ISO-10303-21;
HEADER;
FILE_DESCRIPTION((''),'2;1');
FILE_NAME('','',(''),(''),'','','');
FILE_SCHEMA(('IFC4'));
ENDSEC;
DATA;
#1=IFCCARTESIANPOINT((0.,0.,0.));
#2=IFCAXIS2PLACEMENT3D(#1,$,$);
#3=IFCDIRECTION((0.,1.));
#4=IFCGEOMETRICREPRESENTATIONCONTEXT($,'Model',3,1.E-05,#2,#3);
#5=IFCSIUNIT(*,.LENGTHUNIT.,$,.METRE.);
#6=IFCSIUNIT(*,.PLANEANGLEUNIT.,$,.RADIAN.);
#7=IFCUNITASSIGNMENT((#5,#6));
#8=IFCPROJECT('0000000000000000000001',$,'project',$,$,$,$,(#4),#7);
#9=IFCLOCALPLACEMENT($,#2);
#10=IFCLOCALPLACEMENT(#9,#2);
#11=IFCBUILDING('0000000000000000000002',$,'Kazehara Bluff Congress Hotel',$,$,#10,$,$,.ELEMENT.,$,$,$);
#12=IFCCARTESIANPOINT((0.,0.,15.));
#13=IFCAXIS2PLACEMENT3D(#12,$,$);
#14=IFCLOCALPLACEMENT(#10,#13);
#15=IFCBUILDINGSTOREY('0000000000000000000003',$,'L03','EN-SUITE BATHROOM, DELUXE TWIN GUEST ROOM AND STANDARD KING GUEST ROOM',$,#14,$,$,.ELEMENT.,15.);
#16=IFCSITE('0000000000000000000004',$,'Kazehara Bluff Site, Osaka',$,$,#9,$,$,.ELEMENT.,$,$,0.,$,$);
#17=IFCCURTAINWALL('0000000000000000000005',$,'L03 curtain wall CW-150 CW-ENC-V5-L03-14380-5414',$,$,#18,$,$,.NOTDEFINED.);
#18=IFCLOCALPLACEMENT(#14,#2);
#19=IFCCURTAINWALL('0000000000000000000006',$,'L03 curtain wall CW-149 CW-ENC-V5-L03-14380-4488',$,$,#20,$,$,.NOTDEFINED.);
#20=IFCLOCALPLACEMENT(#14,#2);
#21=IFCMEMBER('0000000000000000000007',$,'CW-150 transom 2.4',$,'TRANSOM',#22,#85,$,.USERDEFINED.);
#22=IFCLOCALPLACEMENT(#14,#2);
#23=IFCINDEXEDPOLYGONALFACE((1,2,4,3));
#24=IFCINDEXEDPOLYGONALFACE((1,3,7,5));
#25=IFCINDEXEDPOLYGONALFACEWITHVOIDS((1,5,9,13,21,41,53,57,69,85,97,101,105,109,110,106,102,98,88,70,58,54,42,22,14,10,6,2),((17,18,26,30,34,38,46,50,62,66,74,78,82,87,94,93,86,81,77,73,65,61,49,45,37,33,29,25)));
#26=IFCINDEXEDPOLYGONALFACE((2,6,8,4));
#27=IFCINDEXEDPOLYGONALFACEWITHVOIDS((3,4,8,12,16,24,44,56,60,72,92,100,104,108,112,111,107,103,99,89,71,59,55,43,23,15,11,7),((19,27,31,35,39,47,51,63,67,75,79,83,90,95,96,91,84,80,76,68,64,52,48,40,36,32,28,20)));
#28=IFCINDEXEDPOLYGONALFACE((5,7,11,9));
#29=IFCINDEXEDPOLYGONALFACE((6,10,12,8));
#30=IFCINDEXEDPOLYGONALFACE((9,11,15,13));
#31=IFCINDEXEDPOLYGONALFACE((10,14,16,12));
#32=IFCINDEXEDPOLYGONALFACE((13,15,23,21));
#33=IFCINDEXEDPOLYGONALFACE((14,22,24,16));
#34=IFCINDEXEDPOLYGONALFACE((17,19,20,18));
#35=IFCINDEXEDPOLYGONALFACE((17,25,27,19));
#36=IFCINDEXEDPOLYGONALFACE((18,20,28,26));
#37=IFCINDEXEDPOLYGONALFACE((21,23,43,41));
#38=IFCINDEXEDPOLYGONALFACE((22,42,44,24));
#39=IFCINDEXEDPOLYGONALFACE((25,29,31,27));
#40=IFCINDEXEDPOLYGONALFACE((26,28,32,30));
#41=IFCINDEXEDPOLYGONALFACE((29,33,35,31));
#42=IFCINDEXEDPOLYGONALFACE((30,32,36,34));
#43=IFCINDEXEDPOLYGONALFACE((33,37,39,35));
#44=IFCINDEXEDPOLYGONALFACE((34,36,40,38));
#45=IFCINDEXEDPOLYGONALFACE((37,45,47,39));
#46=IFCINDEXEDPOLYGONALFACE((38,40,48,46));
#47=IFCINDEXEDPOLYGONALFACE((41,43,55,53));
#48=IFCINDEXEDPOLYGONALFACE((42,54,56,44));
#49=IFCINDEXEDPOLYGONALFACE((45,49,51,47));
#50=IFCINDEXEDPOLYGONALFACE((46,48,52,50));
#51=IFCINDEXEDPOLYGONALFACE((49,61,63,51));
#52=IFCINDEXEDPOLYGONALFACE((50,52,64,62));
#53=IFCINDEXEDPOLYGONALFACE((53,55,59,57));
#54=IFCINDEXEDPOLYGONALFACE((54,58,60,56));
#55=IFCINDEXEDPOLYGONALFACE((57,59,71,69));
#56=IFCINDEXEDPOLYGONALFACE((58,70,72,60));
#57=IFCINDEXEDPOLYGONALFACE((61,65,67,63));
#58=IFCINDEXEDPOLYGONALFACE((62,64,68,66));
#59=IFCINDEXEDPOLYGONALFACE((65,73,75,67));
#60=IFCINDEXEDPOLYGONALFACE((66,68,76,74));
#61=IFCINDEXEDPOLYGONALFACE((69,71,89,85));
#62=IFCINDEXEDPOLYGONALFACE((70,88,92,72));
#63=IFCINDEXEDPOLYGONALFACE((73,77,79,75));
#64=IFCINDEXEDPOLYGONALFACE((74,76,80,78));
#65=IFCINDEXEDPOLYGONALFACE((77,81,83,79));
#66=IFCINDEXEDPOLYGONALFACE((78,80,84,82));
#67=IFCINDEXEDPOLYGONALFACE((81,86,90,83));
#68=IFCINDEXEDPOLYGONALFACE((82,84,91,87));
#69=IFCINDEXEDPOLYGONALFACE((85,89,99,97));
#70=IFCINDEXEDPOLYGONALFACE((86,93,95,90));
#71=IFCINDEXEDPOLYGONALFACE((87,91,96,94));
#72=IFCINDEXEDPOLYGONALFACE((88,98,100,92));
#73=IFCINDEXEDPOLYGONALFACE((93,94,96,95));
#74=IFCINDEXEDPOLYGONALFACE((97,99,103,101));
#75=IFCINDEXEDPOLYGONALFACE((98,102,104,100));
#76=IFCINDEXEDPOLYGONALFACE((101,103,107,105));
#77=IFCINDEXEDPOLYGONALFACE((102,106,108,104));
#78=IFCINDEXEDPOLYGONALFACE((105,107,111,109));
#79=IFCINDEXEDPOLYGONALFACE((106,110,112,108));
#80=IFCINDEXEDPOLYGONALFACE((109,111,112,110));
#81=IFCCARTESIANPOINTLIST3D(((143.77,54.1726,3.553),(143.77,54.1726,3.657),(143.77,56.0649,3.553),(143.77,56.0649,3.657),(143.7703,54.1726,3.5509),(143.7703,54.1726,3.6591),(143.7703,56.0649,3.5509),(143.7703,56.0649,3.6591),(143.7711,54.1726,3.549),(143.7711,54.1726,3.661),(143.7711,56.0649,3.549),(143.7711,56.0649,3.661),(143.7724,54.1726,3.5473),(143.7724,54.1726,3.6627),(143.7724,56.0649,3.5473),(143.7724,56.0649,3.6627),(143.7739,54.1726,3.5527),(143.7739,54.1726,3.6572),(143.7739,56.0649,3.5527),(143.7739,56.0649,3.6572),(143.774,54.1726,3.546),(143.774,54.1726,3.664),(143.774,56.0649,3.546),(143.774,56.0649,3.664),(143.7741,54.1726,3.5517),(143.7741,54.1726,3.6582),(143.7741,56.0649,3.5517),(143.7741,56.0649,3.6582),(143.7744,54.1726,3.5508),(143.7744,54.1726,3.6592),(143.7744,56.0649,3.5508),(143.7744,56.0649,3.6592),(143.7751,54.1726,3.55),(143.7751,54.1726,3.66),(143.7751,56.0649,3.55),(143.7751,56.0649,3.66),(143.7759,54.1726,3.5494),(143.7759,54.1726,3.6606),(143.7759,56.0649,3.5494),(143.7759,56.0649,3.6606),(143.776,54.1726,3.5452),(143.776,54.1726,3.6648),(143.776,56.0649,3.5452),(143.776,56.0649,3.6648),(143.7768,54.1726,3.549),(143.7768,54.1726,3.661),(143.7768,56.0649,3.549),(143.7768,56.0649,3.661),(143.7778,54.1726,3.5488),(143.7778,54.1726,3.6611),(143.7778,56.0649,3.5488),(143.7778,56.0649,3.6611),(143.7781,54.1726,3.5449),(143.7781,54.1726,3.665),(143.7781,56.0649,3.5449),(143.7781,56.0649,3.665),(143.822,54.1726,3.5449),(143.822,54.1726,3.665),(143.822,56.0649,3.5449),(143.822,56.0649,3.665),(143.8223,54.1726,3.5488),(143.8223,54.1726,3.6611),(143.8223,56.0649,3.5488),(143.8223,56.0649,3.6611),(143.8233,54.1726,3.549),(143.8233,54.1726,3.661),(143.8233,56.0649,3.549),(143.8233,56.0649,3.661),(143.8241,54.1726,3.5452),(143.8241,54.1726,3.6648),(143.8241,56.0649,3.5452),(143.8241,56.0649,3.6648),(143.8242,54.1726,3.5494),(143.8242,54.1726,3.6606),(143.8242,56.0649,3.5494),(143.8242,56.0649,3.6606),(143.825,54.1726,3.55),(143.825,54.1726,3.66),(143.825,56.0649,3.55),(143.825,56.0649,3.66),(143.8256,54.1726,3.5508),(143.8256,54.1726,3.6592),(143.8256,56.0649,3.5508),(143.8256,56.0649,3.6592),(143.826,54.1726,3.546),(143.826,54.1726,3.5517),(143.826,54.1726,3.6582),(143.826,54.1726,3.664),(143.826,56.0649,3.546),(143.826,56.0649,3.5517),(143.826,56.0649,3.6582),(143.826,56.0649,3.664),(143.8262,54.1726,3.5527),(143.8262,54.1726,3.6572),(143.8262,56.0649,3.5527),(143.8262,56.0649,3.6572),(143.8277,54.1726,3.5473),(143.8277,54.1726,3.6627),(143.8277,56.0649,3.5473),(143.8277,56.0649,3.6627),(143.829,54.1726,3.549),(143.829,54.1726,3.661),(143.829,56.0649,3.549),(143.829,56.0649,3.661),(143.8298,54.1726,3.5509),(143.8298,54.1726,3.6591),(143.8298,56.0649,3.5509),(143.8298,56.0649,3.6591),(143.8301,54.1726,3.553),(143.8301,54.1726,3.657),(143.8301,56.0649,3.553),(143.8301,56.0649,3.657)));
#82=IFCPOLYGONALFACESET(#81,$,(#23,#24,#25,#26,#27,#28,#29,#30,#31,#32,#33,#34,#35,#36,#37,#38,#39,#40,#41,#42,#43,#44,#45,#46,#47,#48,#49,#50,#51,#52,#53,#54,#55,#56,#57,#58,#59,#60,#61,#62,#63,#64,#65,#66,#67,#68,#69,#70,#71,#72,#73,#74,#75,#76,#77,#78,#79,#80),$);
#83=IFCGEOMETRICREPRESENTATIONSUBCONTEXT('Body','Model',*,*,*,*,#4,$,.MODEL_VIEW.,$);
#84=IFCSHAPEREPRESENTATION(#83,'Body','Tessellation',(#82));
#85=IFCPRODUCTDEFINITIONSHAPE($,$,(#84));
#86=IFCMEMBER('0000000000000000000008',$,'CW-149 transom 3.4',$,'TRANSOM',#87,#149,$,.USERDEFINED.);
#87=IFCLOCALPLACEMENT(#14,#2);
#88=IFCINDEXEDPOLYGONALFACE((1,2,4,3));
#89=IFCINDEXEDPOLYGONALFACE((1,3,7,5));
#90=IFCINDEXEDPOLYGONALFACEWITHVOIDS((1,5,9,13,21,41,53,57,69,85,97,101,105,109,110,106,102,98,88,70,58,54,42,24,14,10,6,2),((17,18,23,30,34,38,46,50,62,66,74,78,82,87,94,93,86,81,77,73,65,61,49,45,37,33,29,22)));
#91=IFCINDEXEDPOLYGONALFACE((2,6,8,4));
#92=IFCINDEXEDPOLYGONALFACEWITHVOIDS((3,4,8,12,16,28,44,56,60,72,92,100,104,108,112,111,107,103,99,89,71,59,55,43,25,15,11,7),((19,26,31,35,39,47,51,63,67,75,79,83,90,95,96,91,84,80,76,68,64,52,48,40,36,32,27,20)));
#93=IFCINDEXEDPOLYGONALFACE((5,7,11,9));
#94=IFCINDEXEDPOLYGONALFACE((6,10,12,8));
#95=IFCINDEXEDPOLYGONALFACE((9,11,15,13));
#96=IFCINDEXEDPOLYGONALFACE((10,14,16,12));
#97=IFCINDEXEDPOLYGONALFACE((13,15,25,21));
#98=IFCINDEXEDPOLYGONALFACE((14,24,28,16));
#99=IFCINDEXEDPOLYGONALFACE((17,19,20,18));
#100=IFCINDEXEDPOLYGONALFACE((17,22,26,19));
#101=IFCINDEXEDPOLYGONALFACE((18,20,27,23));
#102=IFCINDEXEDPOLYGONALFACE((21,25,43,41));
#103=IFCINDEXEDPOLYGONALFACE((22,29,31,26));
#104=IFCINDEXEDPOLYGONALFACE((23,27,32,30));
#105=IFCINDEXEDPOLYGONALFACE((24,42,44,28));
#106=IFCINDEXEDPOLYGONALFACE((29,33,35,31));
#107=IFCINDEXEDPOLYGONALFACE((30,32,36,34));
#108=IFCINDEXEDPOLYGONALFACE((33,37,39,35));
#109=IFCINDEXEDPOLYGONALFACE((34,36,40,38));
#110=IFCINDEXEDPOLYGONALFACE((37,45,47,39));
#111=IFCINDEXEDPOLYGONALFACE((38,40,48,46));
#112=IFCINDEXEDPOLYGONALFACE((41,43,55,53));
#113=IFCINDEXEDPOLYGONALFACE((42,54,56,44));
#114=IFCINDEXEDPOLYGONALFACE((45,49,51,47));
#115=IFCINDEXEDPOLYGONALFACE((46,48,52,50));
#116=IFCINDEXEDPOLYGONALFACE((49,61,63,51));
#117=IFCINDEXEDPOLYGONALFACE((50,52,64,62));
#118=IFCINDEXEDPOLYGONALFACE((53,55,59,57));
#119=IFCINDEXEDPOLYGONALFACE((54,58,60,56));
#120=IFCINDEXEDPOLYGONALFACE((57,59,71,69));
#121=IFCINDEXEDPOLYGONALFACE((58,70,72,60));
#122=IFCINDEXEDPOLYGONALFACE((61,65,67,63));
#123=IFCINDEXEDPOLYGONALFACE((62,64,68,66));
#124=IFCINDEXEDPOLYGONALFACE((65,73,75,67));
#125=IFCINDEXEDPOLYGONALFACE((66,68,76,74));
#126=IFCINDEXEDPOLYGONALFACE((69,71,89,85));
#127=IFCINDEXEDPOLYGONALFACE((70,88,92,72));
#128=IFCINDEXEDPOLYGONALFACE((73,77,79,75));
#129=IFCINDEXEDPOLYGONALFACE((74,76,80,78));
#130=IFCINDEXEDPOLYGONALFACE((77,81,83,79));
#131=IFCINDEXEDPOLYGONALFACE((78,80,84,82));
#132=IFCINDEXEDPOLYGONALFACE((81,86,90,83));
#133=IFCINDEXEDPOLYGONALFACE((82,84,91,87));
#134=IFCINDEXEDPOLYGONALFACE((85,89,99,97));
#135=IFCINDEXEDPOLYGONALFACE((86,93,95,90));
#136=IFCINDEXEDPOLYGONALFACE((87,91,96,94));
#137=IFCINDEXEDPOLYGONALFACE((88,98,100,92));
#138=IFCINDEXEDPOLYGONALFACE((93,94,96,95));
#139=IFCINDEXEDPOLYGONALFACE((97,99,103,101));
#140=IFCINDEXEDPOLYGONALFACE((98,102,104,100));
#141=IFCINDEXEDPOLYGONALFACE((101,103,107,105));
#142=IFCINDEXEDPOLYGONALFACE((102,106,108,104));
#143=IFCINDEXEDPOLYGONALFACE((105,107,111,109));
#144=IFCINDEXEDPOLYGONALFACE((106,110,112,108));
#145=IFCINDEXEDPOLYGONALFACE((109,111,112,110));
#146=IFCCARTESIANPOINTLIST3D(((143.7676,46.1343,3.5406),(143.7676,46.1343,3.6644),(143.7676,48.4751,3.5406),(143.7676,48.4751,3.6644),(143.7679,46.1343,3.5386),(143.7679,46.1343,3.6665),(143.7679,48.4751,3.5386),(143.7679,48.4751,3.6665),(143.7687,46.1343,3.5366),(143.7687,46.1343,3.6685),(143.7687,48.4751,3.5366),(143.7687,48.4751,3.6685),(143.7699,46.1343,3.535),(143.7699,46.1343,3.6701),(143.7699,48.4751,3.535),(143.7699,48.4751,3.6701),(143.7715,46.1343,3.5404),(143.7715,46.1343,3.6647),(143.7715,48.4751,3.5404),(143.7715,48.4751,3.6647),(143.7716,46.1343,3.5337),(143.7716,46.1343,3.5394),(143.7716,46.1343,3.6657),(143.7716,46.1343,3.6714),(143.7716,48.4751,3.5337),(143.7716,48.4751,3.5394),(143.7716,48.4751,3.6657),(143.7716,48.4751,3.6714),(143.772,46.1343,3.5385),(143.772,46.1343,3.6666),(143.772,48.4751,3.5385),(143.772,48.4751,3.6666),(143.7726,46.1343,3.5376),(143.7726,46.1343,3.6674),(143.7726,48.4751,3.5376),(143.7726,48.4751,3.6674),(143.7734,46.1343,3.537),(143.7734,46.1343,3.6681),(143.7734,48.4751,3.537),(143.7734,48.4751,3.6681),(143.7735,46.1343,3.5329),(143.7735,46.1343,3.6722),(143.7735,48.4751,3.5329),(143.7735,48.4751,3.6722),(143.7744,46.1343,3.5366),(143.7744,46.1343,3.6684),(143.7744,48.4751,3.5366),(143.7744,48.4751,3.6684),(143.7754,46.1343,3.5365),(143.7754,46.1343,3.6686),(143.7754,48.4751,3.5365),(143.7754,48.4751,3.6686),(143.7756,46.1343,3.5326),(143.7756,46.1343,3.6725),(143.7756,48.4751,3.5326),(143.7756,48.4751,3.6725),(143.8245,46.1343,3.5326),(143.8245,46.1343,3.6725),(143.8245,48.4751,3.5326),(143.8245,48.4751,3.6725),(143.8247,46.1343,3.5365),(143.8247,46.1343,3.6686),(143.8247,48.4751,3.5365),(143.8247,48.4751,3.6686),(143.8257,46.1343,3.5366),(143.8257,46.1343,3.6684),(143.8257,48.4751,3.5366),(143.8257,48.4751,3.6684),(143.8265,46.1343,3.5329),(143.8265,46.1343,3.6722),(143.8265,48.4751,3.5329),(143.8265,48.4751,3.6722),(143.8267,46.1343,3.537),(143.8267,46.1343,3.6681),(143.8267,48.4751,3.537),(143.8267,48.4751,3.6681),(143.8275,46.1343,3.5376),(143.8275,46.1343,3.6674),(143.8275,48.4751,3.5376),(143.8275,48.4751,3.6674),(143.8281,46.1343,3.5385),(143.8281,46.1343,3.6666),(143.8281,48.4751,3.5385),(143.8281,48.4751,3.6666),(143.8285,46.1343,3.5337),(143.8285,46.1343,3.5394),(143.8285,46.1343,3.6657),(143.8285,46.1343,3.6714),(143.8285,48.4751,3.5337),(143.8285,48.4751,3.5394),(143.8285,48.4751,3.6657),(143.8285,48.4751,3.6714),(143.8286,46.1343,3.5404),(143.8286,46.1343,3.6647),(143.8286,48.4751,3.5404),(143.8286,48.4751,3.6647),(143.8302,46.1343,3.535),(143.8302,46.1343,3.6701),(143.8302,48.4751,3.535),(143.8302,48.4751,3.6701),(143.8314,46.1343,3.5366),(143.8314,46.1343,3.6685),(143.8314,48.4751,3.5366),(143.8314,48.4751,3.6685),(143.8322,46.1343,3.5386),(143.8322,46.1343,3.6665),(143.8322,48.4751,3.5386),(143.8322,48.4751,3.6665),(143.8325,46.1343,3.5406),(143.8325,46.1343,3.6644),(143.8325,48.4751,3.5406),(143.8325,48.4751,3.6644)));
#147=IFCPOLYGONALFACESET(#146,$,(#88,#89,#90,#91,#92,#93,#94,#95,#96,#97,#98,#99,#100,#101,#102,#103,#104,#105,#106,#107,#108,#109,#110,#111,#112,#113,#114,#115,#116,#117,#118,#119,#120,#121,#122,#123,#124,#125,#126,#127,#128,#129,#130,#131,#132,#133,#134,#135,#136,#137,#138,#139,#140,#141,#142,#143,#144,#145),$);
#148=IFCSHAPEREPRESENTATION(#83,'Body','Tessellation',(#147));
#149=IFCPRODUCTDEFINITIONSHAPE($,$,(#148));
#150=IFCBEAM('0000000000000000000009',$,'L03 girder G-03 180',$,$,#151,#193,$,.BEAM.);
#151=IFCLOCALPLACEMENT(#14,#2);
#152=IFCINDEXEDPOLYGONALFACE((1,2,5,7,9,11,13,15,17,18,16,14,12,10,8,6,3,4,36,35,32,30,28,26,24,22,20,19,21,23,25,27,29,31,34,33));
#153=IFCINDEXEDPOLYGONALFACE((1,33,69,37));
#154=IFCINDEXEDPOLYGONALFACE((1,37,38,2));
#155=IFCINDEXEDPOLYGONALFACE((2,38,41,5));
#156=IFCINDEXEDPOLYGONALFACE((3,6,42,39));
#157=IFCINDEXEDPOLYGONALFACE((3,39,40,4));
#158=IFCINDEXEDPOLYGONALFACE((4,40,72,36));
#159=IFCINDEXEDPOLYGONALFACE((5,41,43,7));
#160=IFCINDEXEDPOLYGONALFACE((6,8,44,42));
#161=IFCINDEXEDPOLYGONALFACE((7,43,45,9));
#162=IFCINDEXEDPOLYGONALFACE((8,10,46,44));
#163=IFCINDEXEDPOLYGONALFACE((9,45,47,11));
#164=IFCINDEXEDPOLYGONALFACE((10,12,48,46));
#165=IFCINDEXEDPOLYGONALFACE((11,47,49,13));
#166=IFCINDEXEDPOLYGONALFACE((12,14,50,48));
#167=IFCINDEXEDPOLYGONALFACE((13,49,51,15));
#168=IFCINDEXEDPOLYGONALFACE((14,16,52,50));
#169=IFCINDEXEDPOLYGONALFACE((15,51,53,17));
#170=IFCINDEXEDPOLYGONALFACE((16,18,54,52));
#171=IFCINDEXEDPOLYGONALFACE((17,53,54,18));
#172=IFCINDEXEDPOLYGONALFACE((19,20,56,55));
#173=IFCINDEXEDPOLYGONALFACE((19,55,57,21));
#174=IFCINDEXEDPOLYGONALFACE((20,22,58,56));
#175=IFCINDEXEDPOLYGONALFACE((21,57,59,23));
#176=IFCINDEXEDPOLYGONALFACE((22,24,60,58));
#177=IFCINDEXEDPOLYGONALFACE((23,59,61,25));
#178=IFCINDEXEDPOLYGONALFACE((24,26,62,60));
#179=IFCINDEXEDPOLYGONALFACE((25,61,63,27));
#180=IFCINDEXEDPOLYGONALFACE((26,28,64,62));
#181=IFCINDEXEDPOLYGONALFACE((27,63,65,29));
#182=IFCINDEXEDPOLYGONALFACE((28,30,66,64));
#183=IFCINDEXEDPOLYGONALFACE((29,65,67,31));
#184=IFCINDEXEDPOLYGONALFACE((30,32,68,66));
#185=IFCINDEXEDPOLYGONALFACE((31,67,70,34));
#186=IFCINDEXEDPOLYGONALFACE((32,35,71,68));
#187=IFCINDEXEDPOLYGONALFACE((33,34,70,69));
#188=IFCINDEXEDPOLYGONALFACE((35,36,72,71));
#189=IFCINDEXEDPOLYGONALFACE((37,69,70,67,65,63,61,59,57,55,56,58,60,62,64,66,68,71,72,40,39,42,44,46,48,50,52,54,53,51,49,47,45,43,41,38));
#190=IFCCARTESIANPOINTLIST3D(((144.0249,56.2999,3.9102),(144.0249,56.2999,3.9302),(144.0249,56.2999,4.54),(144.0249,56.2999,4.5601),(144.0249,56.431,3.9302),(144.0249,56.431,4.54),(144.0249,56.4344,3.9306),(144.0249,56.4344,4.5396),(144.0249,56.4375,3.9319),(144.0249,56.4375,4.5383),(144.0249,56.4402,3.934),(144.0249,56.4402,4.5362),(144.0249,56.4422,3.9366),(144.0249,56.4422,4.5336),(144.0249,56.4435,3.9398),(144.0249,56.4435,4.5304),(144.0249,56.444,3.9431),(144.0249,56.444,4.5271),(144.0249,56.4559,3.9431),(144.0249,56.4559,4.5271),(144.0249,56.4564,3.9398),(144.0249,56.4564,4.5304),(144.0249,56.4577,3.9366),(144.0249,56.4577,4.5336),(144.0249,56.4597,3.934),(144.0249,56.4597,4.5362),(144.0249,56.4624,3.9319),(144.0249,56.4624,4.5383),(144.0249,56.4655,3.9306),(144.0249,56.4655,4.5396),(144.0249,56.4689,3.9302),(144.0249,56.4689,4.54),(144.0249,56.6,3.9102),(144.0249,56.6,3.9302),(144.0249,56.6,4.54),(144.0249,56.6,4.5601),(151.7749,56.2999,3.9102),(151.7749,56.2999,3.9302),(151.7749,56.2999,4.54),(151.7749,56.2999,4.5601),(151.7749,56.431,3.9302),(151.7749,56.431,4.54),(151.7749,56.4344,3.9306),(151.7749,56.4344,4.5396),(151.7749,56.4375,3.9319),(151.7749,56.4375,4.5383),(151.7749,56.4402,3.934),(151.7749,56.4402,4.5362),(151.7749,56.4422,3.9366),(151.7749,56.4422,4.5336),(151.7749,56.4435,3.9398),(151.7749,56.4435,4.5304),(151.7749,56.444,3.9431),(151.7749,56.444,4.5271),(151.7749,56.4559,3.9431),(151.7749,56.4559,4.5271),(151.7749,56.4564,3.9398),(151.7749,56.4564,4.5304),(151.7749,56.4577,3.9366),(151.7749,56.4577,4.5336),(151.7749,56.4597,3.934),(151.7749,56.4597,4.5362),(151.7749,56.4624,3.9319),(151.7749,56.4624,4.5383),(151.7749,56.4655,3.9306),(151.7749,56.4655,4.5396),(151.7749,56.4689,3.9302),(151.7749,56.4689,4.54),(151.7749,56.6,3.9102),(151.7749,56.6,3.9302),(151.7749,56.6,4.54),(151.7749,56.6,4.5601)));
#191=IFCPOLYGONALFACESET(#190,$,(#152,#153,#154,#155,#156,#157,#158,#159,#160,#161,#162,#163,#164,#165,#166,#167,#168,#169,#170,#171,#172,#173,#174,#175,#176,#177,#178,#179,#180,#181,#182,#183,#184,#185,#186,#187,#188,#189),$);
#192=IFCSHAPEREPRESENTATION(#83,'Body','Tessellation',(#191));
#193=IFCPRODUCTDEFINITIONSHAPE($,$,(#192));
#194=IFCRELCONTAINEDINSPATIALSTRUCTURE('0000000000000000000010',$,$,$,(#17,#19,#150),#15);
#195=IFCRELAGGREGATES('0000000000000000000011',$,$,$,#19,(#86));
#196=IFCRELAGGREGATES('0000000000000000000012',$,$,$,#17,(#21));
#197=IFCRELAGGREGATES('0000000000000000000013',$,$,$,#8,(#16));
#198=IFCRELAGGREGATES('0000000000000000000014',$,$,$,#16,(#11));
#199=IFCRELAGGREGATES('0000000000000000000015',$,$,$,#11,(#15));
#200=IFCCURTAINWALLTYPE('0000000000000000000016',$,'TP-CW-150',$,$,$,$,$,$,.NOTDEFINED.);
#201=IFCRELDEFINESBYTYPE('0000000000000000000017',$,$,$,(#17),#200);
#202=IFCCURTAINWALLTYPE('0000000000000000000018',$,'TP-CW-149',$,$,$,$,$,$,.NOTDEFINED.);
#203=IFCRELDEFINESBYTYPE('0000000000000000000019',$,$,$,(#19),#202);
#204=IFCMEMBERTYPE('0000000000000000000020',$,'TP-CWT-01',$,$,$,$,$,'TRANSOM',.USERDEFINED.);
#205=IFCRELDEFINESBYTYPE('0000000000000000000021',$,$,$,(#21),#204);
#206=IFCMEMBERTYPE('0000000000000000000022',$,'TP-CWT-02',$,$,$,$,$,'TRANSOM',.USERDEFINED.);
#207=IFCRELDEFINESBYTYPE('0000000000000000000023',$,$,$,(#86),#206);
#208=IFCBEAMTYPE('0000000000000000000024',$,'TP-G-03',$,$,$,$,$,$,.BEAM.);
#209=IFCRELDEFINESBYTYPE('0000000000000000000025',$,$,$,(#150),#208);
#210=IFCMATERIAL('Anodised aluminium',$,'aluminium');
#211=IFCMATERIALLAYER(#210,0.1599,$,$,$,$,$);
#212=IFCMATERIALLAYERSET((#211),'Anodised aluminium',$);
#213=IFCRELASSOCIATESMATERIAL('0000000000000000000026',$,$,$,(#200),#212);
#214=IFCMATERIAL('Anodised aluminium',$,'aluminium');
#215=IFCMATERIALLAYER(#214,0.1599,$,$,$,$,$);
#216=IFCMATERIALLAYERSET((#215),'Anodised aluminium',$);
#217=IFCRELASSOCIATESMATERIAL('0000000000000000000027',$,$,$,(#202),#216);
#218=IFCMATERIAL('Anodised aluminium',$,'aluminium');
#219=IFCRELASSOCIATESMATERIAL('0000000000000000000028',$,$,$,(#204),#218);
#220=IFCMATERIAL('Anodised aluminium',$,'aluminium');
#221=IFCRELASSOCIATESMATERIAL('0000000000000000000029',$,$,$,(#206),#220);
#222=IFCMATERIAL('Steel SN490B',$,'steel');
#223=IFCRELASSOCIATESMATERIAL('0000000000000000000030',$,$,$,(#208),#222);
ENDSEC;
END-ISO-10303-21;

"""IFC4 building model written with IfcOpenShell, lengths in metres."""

from ifc_helpers import new_model, si_unit, direction, frame, origin, origin_2d, place, context, subcontext, project, spatial, hollow_rectangle, i_section, extrude, material, layer, layer_set, material_profile, profile_set, type_object, element, aggregate, save


model = new_model("IFC4")

# Units and contexts
model_context = context("Model", 3, precision=1e-05, world=origin(), true_north=direction((0.0, 1.0)))
body_context = subcontext(model_context, "Body", "Model", "MODEL_VIEW")
ifc_project = project(units=[si_unit("LENGTHUNIT", "METRE"), si_unit("PLANEANGLEUNIT", "RADIAN")], contexts=[model_context])

# Site, building, storey
site_placement = place(None, origin())
site = spatial("IfcSite", under=ifc_project, at=site_placement, Name="Kazehara Bluff Site, Osaka", CompositionType="ELEMENT", RefElevation=0.0)
building_placement = place(site_placement, origin())
building = spatial("IfcBuilding", under=site, at=building_placement, Name="Kazehara Bluff Congress Hotel", CompositionType="ELEMENT")
storey_placement = place(building_placement, frame((0.0, 0.0, 15.0)))
storey = spatial("IfcBuildingStorey", under=building, at=storey_placement, Name="L03", Description="EN-SUITE BATHROOM, DELUXE TWIN GUEST ROOM AND STANDARD KING GUEST ROOM", CompositionType="ELEMENT", Elevation=15.0)

# Curtain wall
ifc_material_1 = material(Name="Anodised aluminium", Category="aluminium")
ifc_layer_1 = layer(ifc_material_1, 0.1599)
ifc_layer_set_1 = layer_set([ifc_layer_1], Name="Anodised aluminium")
curtain_wall_type_1 = type_object("IfcCurtainWallType", Name="TP-CW-150", PredefinedType="NOTDEFINED", material=ifc_layer_set_1)
curtain_wall_1_placement = place(storey_placement, origin())
curtain_wall_1 = element("IfcCurtainWall", 1, at=curtain_wall_1_placement, inside=storey, type_object=curtain_wall_type_1, Name="L03 curtain wall CW-150 CW-ENC-V5-L03-14380-5414", PredefinedType="NOTDEFINED")

# Curtain wall
ifc_material_2 = material(Name="Anodised aluminium", Category="aluminium")
ifc_layer_2 = layer(ifc_material_2, 0.1599)
ifc_layer_set_2 = layer_set([ifc_layer_2], Name="Anodised aluminium")
curtain_wall_type_2 = type_object("IfcCurtainWallType", Name="TP-CW-149", PredefinedType="NOTDEFINED", material=ifc_layer_set_2)
curtain_wall_2_placement = place(storey_placement, origin())
curtain_wall_2 = element("IfcCurtainWall", 2, at=curtain_wall_2_placement, inside=storey, type_object=curtain_wall_type_2, Name="L03 curtain wall CW-149 CW-ENC-V5-L03-14380-4488", PredefinedType="NOTDEFINED")

# Members
ifc_material_3 = material(Name="Anodised aluminium", Category="aluminium")
ifc_material_profile_1 = material_profile(ifc_material_3, hollow_rectangle(XDim=0.0601, YDim=0.1201, WallThickness=0.0039, InnerFilletRadius=0.0039, OuterFilletRadius=0.0081, at=origin_2d()))
ifc_profile_set_1 = profile_set([ifc_material_profile_1], Name="Anodised aluminium")
member_type_1 = type_object("IfcMemberType", Name="TP-CWT-01", ElementType="TRANSOM", PredefinedType="USERDEFINED", material=ifc_profile_set_1)
member_1_placement = place(storey_placement, frame((143.8, 54.1726, 3.605), z_axis=(0.0, 1.0, 0.0), x_axis=(-1.0, 0.0, 0.0)))
member_1 = element("IfcMember", 3, at=member_1_placement, type_object=member_type_1, Name="CW-150 transom 2.4", ObjectType="TRANSOM", PredefinedType="USERDEFINED", context=body_context, shape_type="SweptSolid", body=[
    extrude(hollow_rectangle(XDim=0.0601, YDim=0.1201, WallThickness=0.0039, InnerFilletRadius=0.0039, OuterFilletRadius=0.0081, at=origin_2d()), origin(), (0.0, 0.0, 1.0), 1.8923),
])
ifc_material_4 = material(Name="Anodised aluminium", Category="aluminium")
ifc_material_profile_2 = material_profile(ifc_material_4, hollow_rectangle(XDim=0.0649, YDim=0.1399, WallThickness=0.0039, InnerFilletRadius=0.0039, OuterFilletRadius=0.0081, at=origin_2d()))
ifc_profile_set_2 = profile_set([ifc_material_profile_2], Name="Anodised aluminium")
member_type_2 = type_object("IfcMemberType", Name="TP-CWT-02", ElementType="TRANSOM", PredefinedType="USERDEFINED", material=ifc_profile_set_2)
member_2_placement = place(storey_placement, frame((143.8, 46.1343, 3.6025), z_axis=(0.0, 1.0, 0.0), x_axis=(-1.0, 0.0, 0.0)))
member_2 = element("IfcMember", 4, at=member_2_placement, type_object=member_type_2, Name="CW-149 transom 3.4", ObjectType="TRANSOM", PredefinedType="USERDEFINED", context=body_context, shape_type="SweptSolid", body=[
    extrude(hollow_rectangle(XDim=0.0649, YDim=0.1399, WallThickness=0.0039, InnerFilletRadius=0.0039, OuterFilletRadius=0.0081, at=origin_2d()), origin(), (0.0, 0.0, 1.0), 2.3408),
])

# Beam
ifc_material_5 = material(Name="Steel SN490B", Category="steel")
ifc_material_profile_3 = material_profile(ifc_material_5, i_section(OverallWidth=0.3, OverallDepth=0.6499, WebThickness=0.012, FlangeThickness=0.02, FilletRadius=0.0129, at=origin_2d()))
ifc_profile_set_3 = profile_set([ifc_material_profile_3], Name="Steel SN490B")
beam_type_1 = type_object("IfcBeamType", Name="TP-G-03", PredefinedType="BEAM", material=ifc_profile_set_3)
beam_1_placement = place(storey_placement, frame((144.0249, 56.45, 4.2351), z_axis=(1.0, 0.0, 0.0), x_axis=(0.0, 1.0, 0.0)))
element("IfcBeam", 5, at=beam_1_placement, inside=storey, type_object=beam_type_1, Name="L03 girder G-03 180", PredefinedType="BEAM", context=body_context, shape_type="SweptSolid", body=[
    extrude(i_section(OverallWidth=0.3, OverallDepth=0.6499, WebThickness=0.012, FlangeThickness=0.02, FilletRadius=0.0129, at=origin_2d()), origin(), (0.0, 0.0, 1.0), 7.75),
])

aggregate(curtain_wall_2, [member_2])
aggregate(curtain_wall_1, [member_1])

save(model, "model.ifc")
